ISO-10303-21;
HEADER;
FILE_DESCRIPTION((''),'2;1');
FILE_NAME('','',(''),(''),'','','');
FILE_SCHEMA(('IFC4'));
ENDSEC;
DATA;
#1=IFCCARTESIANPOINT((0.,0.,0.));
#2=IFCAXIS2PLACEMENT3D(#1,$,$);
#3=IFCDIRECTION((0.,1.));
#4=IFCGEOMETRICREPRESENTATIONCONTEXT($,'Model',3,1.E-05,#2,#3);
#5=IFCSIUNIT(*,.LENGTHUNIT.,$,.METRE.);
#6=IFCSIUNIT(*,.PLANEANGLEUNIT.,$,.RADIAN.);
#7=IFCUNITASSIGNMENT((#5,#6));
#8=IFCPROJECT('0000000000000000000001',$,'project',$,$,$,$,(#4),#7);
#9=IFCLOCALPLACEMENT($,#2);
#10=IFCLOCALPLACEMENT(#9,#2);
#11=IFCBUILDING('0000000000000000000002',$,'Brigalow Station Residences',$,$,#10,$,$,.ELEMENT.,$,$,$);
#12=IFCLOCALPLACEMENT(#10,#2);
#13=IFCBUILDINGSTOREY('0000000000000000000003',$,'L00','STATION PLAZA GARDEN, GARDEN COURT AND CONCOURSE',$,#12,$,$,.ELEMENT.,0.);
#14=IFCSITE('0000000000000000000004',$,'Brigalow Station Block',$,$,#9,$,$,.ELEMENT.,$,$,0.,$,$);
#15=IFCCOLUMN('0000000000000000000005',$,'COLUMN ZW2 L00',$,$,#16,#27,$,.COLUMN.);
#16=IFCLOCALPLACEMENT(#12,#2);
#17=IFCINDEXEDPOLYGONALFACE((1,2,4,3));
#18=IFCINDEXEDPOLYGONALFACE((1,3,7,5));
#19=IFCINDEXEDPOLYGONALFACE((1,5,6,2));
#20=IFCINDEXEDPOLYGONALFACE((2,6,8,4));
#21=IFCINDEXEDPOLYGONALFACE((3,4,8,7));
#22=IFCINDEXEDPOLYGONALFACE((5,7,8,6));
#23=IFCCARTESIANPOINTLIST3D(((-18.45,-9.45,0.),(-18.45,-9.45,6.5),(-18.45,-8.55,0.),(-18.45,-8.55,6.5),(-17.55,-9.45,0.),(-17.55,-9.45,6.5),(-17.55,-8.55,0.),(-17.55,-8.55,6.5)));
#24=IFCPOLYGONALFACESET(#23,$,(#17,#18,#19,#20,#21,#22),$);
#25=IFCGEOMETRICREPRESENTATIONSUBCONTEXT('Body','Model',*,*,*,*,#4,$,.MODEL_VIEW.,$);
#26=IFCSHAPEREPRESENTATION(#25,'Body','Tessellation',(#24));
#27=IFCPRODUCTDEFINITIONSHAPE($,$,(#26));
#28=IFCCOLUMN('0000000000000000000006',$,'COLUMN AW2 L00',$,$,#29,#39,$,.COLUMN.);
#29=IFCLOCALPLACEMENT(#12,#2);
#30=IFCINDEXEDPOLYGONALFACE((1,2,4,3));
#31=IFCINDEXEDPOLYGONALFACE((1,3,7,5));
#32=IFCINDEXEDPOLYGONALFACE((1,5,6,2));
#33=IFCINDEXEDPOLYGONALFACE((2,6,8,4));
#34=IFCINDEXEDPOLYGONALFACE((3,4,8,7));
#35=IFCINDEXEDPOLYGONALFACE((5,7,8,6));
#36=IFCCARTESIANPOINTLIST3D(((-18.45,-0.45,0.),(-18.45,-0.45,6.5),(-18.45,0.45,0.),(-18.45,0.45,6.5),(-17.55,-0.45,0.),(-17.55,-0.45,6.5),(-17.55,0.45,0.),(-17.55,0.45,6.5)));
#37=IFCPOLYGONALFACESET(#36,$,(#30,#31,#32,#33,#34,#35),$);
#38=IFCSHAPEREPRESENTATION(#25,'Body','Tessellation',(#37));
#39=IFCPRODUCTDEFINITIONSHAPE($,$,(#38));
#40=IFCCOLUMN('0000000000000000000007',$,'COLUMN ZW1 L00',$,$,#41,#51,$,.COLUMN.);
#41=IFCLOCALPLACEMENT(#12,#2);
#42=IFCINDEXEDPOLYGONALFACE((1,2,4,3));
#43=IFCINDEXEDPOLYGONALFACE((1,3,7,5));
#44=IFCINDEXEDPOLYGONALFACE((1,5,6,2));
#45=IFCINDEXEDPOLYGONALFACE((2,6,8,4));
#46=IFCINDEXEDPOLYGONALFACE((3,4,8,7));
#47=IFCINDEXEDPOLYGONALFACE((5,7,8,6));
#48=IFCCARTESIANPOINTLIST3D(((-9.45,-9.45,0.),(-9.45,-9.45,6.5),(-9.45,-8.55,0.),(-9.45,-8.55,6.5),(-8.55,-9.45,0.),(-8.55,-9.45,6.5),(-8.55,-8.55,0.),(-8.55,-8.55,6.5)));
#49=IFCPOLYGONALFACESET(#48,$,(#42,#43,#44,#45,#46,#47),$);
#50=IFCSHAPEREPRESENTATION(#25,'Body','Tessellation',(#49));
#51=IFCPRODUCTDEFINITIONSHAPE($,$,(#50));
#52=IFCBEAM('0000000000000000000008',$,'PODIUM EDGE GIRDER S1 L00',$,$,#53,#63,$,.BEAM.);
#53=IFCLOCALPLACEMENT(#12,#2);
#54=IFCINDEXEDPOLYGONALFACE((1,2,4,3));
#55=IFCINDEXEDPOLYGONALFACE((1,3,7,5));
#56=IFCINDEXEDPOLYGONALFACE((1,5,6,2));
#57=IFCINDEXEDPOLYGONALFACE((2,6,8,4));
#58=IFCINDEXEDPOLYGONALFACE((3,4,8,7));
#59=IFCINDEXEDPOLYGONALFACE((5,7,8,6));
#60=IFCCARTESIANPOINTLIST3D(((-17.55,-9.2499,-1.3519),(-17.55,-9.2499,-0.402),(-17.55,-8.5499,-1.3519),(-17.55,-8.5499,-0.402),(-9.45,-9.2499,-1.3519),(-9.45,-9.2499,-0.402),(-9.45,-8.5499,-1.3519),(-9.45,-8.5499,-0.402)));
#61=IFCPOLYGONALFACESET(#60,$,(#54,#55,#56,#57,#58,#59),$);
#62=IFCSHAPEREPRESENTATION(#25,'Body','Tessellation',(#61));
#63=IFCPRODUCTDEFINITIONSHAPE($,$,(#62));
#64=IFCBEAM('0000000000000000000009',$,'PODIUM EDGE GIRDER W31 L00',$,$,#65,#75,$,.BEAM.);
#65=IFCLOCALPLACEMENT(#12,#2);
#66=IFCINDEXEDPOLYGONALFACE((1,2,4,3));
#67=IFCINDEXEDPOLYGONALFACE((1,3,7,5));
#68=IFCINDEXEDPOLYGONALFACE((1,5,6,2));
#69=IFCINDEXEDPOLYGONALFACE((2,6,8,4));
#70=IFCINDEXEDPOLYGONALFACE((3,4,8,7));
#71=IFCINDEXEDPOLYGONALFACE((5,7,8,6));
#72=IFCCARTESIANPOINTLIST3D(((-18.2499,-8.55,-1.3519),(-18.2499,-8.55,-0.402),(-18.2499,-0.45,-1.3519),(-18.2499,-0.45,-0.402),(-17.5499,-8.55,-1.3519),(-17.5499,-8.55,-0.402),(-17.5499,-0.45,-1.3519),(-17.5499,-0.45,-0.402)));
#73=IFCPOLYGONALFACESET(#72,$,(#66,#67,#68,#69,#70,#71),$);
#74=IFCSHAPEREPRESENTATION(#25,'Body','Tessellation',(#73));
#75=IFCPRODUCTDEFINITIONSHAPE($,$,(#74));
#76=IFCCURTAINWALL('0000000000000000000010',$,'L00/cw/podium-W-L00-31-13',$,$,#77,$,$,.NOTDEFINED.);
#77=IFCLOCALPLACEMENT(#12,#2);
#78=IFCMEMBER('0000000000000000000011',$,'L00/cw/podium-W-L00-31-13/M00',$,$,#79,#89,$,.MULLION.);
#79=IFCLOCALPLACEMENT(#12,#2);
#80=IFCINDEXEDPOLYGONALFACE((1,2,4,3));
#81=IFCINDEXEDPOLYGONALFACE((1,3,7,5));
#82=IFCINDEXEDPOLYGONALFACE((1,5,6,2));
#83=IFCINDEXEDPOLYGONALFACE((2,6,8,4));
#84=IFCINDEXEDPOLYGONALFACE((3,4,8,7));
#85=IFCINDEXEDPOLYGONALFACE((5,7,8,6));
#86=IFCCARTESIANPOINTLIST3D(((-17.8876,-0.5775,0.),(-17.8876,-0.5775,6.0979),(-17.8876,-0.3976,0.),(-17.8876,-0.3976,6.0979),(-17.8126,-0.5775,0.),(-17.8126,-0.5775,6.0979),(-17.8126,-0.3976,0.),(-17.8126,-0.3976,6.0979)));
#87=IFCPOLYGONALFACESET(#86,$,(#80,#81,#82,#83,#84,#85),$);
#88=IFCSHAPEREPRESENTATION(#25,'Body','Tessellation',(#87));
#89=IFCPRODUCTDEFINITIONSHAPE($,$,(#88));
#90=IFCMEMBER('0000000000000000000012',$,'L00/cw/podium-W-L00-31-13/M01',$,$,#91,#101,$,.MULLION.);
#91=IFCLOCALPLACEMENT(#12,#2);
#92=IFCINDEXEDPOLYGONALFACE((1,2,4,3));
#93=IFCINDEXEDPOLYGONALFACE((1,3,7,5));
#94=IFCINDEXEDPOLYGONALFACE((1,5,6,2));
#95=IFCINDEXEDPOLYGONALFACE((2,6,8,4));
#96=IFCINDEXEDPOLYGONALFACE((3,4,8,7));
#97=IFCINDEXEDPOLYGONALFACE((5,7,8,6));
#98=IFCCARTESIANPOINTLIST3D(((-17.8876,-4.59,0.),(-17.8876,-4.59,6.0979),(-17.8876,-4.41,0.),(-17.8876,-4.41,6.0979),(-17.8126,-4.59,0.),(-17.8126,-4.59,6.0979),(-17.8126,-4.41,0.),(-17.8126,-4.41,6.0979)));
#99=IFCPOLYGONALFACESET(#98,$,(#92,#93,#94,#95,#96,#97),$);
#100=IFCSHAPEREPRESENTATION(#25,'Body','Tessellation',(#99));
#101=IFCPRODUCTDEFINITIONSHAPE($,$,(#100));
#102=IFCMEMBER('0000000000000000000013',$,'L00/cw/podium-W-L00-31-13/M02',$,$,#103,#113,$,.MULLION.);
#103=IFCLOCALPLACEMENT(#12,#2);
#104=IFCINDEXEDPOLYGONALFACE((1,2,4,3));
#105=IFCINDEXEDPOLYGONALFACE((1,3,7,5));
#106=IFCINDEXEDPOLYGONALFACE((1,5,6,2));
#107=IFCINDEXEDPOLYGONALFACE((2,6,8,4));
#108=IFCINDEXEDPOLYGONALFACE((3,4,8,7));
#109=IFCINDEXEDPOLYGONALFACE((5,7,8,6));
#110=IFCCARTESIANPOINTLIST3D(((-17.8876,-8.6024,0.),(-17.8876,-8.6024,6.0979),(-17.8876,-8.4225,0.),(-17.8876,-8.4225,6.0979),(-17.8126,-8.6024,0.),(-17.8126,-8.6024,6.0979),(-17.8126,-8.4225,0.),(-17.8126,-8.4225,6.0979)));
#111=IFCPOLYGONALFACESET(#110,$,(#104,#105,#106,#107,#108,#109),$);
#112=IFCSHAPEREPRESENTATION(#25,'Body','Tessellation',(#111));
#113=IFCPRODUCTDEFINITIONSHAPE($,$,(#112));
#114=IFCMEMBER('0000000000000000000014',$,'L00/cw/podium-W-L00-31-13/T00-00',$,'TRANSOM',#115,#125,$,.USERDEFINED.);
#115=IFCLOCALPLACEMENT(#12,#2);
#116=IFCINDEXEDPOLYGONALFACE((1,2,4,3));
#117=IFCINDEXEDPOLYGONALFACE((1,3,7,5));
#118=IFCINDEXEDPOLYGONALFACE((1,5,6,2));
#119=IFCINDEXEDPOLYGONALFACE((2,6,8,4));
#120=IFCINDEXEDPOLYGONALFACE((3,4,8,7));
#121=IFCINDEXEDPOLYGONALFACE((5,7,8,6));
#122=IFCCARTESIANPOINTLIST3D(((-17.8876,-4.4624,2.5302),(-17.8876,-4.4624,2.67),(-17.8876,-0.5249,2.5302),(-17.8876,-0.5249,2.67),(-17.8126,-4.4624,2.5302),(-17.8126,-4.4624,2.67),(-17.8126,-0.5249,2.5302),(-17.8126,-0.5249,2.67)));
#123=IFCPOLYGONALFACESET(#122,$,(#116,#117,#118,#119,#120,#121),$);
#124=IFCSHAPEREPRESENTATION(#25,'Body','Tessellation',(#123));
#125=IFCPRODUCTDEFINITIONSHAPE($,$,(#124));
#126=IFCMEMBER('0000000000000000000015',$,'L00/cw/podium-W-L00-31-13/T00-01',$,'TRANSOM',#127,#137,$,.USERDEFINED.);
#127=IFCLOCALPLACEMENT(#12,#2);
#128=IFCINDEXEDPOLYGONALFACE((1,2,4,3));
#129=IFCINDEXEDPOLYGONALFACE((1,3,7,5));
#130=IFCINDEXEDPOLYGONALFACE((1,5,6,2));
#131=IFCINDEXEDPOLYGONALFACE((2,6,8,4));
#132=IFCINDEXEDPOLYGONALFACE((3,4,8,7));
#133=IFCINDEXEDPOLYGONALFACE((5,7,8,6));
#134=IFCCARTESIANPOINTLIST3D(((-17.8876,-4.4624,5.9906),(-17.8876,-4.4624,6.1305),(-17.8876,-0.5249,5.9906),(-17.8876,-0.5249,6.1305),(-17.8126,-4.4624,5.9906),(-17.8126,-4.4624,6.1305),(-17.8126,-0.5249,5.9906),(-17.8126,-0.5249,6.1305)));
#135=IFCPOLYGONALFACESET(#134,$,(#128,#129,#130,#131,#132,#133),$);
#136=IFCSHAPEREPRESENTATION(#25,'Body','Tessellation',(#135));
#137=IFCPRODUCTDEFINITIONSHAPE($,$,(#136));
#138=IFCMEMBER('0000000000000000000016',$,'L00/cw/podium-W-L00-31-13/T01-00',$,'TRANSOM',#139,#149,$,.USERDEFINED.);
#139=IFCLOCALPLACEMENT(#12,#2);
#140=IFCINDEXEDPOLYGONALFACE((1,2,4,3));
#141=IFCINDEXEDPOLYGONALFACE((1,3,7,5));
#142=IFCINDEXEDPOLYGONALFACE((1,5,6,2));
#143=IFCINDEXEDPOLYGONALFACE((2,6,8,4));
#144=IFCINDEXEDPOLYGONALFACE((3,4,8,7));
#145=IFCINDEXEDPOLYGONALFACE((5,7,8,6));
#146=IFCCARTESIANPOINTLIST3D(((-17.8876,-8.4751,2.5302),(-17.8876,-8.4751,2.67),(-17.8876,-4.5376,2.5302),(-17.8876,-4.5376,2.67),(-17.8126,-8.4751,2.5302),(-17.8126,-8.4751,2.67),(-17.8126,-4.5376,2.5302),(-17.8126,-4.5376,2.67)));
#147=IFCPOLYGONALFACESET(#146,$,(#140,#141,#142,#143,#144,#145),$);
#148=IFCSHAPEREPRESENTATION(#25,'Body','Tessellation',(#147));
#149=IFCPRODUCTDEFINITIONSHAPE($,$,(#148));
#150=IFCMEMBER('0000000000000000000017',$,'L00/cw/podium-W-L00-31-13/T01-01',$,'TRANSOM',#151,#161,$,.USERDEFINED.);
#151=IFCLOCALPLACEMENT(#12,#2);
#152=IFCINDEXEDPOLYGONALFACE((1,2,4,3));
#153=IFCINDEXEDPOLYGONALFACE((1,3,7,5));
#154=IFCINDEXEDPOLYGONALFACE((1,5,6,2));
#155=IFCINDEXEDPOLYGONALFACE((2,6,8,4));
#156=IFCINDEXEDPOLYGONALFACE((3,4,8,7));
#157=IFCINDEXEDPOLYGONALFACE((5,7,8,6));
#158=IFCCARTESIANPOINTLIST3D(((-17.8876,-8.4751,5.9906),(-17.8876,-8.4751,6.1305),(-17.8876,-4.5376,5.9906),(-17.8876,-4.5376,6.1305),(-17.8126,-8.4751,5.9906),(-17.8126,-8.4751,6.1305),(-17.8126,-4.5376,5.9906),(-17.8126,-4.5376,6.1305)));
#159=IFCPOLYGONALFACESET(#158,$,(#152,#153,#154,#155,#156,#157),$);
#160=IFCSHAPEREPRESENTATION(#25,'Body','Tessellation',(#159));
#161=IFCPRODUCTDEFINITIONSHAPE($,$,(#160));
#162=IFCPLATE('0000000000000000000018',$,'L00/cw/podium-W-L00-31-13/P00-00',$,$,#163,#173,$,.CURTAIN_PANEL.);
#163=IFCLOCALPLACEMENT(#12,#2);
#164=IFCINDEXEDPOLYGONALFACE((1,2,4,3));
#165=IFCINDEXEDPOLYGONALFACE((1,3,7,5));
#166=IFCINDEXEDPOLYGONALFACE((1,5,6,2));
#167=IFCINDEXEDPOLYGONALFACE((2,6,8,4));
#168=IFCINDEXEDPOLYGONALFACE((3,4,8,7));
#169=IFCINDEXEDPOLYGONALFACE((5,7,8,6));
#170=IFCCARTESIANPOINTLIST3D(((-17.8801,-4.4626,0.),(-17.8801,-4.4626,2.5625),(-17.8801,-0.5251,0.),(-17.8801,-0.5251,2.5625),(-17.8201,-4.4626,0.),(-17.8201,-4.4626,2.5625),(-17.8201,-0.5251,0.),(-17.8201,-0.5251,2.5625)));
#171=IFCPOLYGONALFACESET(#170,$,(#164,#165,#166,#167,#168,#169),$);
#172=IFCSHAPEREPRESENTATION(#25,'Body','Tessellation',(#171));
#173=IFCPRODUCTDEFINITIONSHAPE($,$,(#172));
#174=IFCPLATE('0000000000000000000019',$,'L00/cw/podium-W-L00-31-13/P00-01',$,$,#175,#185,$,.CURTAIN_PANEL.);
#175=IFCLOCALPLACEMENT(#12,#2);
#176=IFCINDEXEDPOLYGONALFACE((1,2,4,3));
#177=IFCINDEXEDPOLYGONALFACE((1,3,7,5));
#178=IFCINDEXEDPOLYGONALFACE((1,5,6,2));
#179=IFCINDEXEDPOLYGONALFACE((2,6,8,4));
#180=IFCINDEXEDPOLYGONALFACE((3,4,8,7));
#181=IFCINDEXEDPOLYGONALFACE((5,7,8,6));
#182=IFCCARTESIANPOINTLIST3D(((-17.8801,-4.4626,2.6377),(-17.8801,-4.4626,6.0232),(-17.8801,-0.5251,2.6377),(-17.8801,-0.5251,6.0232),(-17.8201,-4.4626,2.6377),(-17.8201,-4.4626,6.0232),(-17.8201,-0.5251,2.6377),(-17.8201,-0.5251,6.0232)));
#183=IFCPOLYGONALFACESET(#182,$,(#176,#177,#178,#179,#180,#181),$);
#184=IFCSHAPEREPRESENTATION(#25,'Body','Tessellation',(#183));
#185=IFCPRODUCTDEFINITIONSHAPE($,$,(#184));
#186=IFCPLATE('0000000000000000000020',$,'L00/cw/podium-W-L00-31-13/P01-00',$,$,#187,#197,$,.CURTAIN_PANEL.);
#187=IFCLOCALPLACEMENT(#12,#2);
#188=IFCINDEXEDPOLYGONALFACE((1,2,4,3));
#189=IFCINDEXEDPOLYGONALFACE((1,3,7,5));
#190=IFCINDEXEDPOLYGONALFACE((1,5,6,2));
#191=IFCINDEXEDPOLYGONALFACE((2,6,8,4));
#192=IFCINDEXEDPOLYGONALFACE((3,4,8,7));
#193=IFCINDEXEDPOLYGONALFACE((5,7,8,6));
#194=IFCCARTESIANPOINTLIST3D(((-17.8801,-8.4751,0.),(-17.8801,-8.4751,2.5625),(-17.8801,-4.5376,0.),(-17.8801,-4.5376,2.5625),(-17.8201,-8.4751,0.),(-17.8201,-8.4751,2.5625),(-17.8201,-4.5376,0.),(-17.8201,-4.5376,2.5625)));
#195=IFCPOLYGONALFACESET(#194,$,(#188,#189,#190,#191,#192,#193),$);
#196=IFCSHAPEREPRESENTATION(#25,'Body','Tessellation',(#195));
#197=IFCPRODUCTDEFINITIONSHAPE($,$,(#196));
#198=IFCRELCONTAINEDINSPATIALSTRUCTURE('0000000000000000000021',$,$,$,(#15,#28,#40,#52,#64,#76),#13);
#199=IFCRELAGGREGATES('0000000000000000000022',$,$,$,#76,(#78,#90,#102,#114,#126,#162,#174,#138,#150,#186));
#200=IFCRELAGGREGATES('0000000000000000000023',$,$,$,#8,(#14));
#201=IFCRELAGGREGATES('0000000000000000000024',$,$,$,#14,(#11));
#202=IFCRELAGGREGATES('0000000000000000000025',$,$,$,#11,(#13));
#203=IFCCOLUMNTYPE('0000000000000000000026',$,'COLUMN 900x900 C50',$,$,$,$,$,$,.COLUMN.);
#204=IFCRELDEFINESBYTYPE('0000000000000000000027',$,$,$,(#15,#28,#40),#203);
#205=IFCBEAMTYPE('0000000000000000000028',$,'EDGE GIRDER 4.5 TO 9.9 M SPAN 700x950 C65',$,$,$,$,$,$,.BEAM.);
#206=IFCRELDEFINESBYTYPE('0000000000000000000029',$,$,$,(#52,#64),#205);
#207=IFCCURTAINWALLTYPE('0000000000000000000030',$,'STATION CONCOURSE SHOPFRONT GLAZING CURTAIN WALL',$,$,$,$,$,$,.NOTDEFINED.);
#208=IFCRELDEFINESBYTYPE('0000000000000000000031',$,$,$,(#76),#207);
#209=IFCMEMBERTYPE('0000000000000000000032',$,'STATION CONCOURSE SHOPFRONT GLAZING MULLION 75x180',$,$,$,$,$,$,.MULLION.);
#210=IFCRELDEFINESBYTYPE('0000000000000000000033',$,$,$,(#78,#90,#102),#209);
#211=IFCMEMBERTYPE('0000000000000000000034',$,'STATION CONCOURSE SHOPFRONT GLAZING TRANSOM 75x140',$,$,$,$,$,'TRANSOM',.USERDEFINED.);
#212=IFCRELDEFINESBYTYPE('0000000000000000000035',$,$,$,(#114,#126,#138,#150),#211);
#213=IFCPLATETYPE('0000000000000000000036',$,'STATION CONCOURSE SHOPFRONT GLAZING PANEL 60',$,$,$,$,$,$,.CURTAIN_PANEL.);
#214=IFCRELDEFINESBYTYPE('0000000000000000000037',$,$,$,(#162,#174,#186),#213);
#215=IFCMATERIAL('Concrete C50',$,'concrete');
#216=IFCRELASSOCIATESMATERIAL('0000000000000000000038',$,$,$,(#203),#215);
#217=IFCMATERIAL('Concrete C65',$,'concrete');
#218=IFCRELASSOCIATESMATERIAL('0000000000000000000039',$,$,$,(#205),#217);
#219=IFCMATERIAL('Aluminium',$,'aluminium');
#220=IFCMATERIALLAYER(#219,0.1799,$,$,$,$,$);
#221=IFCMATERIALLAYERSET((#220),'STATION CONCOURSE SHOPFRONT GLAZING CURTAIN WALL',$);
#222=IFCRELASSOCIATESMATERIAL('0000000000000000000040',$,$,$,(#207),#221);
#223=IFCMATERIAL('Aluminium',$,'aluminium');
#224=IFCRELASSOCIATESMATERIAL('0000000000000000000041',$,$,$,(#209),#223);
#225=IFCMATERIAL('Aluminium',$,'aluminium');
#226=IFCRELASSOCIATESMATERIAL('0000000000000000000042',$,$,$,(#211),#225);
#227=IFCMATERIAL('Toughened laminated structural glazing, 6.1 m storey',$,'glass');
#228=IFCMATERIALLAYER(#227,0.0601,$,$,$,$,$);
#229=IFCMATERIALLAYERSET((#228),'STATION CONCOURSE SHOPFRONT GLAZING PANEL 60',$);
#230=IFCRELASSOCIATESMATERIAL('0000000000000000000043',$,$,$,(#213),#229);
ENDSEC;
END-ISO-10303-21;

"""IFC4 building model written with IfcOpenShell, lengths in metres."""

from ifc_helpers import new_model, si_unit, direction, frame, origin, origin_2d, place, context, subcontext, project, spatial, rectangle, extrude, material, layer, layer_set, material_profile, profile_set, type_object, element, aggregate, save


model = new_model("IFC4")

# Units and contexts
model_context = context("Model", 3, precision=1e-05, world=origin(), true_north=direction((0.0, 1.0)))
body_context = subcontext(model_context, "Body", "Model", "MODEL_VIEW")
ifc_project = project(units=[si_unit("LENGTHUNIT", "METRE"), si_unit("PLANEANGLEUNIT", "RADIAN")], contexts=[model_context])

# Site, building, storey
site_placement = place(None, origin())
site = spatial("IfcSite", under=ifc_project, at=site_placement, Name="Brigalow Station Block", CompositionType="ELEMENT", RefElevation=0.0)
building_placement = place(site_placement, origin())
building = spatial("IfcBuilding", under=site, at=building_placement, Name="Brigalow Station Residences", CompositionType="ELEMENT")
storey_placement = place(building_placement, origin())
storey = spatial("IfcBuildingStorey", under=building, at=storey_placement, Name="L00", Description="STATION PLAZA GARDEN, GARDEN COURT AND CONCOURSE", CompositionType="ELEMENT", Elevation=0.0)

# Columns
ifc_material_1 = material(Name="Concrete C50", Category="concrete")
ifc_material_profile_1 = material_profile(ifc_material_1, rectangle(XDim=0.8999, YDim=0.8999, at=origin_2d()), Name="RC900x900")
ifc_profile_set_1 = profile_set([ifc_material_profile_1], Name="Concrete C50")
column_type = type_object("IfcColumnType", Name="COLUMN 900x900 C50", PredefinedType="COLUMN", material=ifc_profile_set_1)
for number, where, z_axis, x_axis, name in (
    (1, (-18.0, -9.0, 0.0), (0.0, 0.0, 1.0), (1.0, 0.0, 0.0), "COLUMN ZW2 L00"),
    (2, (-18.0, 0.0, 0.0), (0.0, 0.0, 1.0), (1.0, 0.0, 0.0), "COLUMN AW2 L00"),
    (3, (-9.0, -9.0, 0.0), (0.0, 0.0, 1.0), (1.0, 0.0, 0.0), "COLUMN ZW1 L00"),
):
    element("IfcColumn", number, at=place(storey_placement, frame(where, z_axis=z_axis, x_axis=x_axis)), inside=storey, type_object=column_type, Name=name, PredefinedType="COLUMN", context=body_context, shape_type="SweptSolid", body=[
        extrude(rectangle(XDim=0.8999, YDim=0.8999, at=origin_2d()), origin(), (0.0, 0.0, 1.0), 6.5),
    ])

# Beams
ifc_material_2 = material(Name="Concrete C65", Category="concrete")
ifc_material_profile_2 = material_profile(ifc_material_2, rectangle(XDim=0.7, YDim=0.95, at=origin_2d()), Name="RC700x950")
ifc_profile_set_2 = profile_set([ifc_material_profile_2], Name="Concrete C65")
beam_type = type_object("IfcBeamType", Name="EDGE GIRDER 4.5 TO 9.9 M SPAN 700x950 C65", PredefinedType="BEAM", material=ifc_profile_set_2)
for number, where, z_axis, x_axis, name in (
    (4, (-17.55, -8.8999, -0.877), (1.0, 0.0, 0.0), (0.0, 1.0, 0.0), "PODIUM EDGE GIRDER S1 L00"),
    (5, (-17.8999, -8.55, -0.877), (0.0, 1.0, 0.0), (-1.0, 0.0, 0.0), "PODIUM EDGE GIRDER W31 L00"),
):
    element("IfcBeam", number, at=place(storey_placement, frame(where, z_axis=z_axis, x_axis=x_axis)), inside=storey, type_object=beam_type, Name=name, PredefinedType="BEAM", context=body_context, shape_type="SweptSolid", body=[
        extrude(rectangle(XDim=0.7, YDim=0.95, at=origin_2d()), origin(), (0.0, 0.0, 1.0), 8.1001),
    ])

# Curtain wall, members, plates
ifc_material_3 = material(Name="Aluminium", Category="aluminium")
ifc_layer_1 = layer(ifc_material_3, 0.1799)
ifc_layer_set_1 = layer_set([ifc_layer_1], Name="STATION CONCOURSE SHOPFRONT GLAZING CURTAIN WALL")
curtain_wall_type = type_object("IfcCurtainWallType", Name="STATION CONCOURSE SHOPFRONT GLAZING CURTAIN WALL", PredefinedType="NOTDEFINED", material=ifc_layer_set_1)
curtain_wall_placement = place(storey_placement, origin())
curtain_wall = element("IfcCurtainWall", 6, at=curtain_wall_placement, inside=storey, type_object=curtain_wall_type, Name="L00/cw/podium-W-L00-31-13", PredefinedType="NOTDEFINED")
ifc_material_4 = material(Name="Aluminium", Category="aluminium")
ifc_material_profile_3 = material_profile(ifc_material_4, rectangle(XDim=0.075, YDim=0.1799, at=origin_2d()), Name="STATION CONCOURSE SHOPFRONT GLAZING MULLION 75x180")
ifc_profile_set_3 = profile_set([ifc_material_profile_3], Name="Aluminium")
member_type_1 = type_object("IfcMemberType", Name="STATION CONCOURSE SHOPFRONT GLAZING MULLION 75x180", PredefinedType="MULLION", material=ifc_profile_set_3)
member_1_placement = place(storey_placement, frame((-17.8501, -0.4875, 0.0), z_axis=(0.0, 0.0, 1.0), x_axis=(1.0, 0.0, 0.0)))
member_1 = element("IfcMember", 7, at=member_1_placement, type_object=member_type_1, Name="L00/cw/podium-W-L00-31-13/M00", PredefinedType="MULLION", context=body_context, shape_type="SweptSolid", body=[
    extrude(rectangle(XDim=0.075, YDim=0.1799, at=origin_2d()), origin(), (0.0, 0.0, 1.0), 6.0979),
])
member_2_placement = place(storey_placement, frame((-17.8501, -4.5, 0.0), z_axis=(0.0, 0.0, 1.0), x_axis=(1.0, 0.0, 0.0)))
member_2 = element("IfcMember", 8, at=member_2_placement, type_object=member_type_1, Name="L00/cw/podium-W-L00-31-13/M01", PredefinedType="MULLION", context=body_context, shape_type="SweptSolid", body=[
    extrude(rectangle(XDim=0.075, YDim=0.1799, at=origin_2d()), origin(), (0.0, 0.0, 1.0), 6.0979),
])
member_3_placement = place(storey_placement, frame((-17.8501, -8.5125, 0.0), z_axis=(0.0, 0.0, 1.0), x_axis=(1.0, 0.0, 0.0)))
member_3 = element("IfcMember", 9, at=member_3_placement, type_object=member_type_1, Name="L00/cw/podium-W-L00-31-13/M02", PredefinedType="MULLION", context=body_context, shape_type="SweptSolid", body=[
    extrude(rectangle(XDim=0.075, YDim=0.1799, at=origin_2d()), origin(), (0.0, 0.0, 1.0), 6.0979),
])
ifc_material_5 = material(Name="Aluminium", Category="aluminium")
ifc_material_profile_4 = material_profile(ifc_material_5, rectangle(XDim=0.075, YDim=0.1399, at=origin_2d()), Name="STATION CONCOURSE SHOPFRONT GLAZING TRANSOM 75x140")
ifc_profile_set_4 = profile_set([ifc_material_profile_4], Name="Aluminium")
member_type_2 = type_object("IfcMemberType", Name="STATION CONCOURSE SHOPFRONT GLAZING TRANSOM 75x140", ElementType="TRANSOM", PredefinedType="USERDEFINED", material=ifc_profile_set_4)
member_4_placement = place(storey_placement, frame((-17.8501, -0.5249, 2.6001), z_axis=(0.0, -1.0, 0.0), x_axis=(1.0, 0.0, 0.0)))
member_4 = element("IfcMember", 10, at=member_4_placement, type_object=member_type_2, Name="L00/cw/podium-W-L00-31-13/T00-00", ObjectType="TRANSOM", PredefinedType="USERDEFINED", context=body_context, shape_type="SweptSolid", body=[
    extrude(rectangle(XDim=0.075, YDim=0.1399, at=origin_2d()), origin(), (0.0, 0.0, 1.0), 3.9375),
])
member_5_placement = place(storey_placement, frame((-17.8501, -0.5249, 6.0605), z_axis=(0.0, -1.0, 0.0), x_axis=(1.0, 0.0, 0.0)))
member_5 = element("IfcMember", 11, at=member_5_placement, type_object=member_type_2, Name="L00/cw/podium-W-L00-31-13/T00-01", ObjectType="TRANSOM", PredefinedType="USERDEFINED", context=body_context, shape_type="SweptSolid", body=[
    extrude(rectangle(XDim=0.075, YDim=0.1399, at=origin_2d()), origin(), (0.0, 0.0, 1.0), 3.9375),
])
member_6_placement = place(storey_placement, frame((-17.8501, -4.5376, 2.6001), z_axis=(0.0, -1.0, 0.0), x_axis=(1.0, 0.0, 0.0)))
member_6 = element("IfcMember", 12, at=member_6_placement, type_object=member_type_2, Name="L00/cw/podium-W-L00-31-13/T01-00", ObjectType="TRANSOM", PredefinedType="USERDEFINED", context=body_context, shape_type="SweptSolid", body=[
    extrude(rectangle(XDim=0.075, YDim=0.1399, at=origin_2d()), origin(), (0.0, 0.0, 1.0), 3.9375),
])
member_7_placement = place(storey_placement, frame((-17.8501, -4.5376, 6.0605), z_axis=(0.0, -1.0, 0.0), x_axis=(1.0, 0.0, 0.0)))
member_7 = element("IfcMember", 13, at=member_7_placement, type_object=member_type_2, Name="L00/cw/podium-W-L00-31-13/T01-01", ObjectType="TRANSOM", PredefinedType="USERDEFINED", context=body_context, shape_type="SweptSolid", body=[
    extrude(rectangle(XDim=0.075, YDim=0.1399, at=origin_2d()), origin(), (0.0, 0.0, 1.0), 3.9375),
])
ifc_material_6 = material(Name="Toughened laminated structural glazing, 6.1 m storey", Category="glass")
ifc_layer_2 = layer(ifc_material_6, 0.0601)
ifc_layer_set_2 = layer_set([ifc_layer_2], Name="STATION CONCOURSE SHOPFRONT GLAZING PANEL 60")
plate_type = type_object("IfcPlateType", Name="STATION CONCOURSE SHOPFRONT GLAZING PANEL 60", PredefinedType="CURTAIN_PANEL", material=ifc_layer_set_2)
plate_1_placement = place(storey_placement, frame((-17.8501, -2.4939, 0.0), z_axis=(0.0, 0.0, 1.0), x_axis=(0.0, -1.0, 0.0)))
plate_1 = element("IfcPlate", 14, at=plate_1_placement, type_object=plate_type, Name="L00/cw/podium-W-L00-31-13/P00-00", PredefinedType="CURTAIN_PANEL", context=body_context, shape_type="SweptSolid", body=[
    extrude(rectangle(XDim=3.9375, YDim=0.0601, at=origin_2d()), origin(), (0.0, 0.0, 1.0), 2.5625),
])
plate_2_placement = place(storey_placement, frame((-17.8501, -2.4939, 2.6377), z_axis=(0.0, 0.0, 1.0), x_axis=(0.0, -1.0, 0.0)))
plate_2 = element("IfcPlate", 15, at=plate_2_placement, type_object=plate_type, Name="L00/cw/podium-W-L00-31-13/P00-01", PredefinedType="CURTAIN_PANEL", context=body_context, shape_type="SweptSolid", body=[
    extrude(rectangle(XDim=3.9375, YDim=0.0601, at=origin_2d()), origin(), (0.0, 0.0, 1.0), 3.3855),
])
plate_3_placement = place(storey_placement, frame((-17.8501, -6.5063, 0.0), z_axis=(0.0, 0.0, 1.0), x_axis=(0.0, -1.0, 0.0)))
plate_3 = element("IfcPlate", 16, at=plate_3_placement, type_object=plate_type, Name="L00/cw/podium-W-L00-31-13/P01-00", PredefinedType="CURTAIN_PANEL", context=body_context, shape_type="SweptSolid", body=[
    extrude(rectangle(XDim=3.9375, YDim=0.0601, at=origin_2d()), origin(), (0.0, 0.0, 1.0), 2.5625),
])
aggregate(curtain_wall, [member_1, member_2, member_3, member_4, member_5, plate_1, plate_2, member_6, member_7, plate_3])

save(model, "model.ifc")
